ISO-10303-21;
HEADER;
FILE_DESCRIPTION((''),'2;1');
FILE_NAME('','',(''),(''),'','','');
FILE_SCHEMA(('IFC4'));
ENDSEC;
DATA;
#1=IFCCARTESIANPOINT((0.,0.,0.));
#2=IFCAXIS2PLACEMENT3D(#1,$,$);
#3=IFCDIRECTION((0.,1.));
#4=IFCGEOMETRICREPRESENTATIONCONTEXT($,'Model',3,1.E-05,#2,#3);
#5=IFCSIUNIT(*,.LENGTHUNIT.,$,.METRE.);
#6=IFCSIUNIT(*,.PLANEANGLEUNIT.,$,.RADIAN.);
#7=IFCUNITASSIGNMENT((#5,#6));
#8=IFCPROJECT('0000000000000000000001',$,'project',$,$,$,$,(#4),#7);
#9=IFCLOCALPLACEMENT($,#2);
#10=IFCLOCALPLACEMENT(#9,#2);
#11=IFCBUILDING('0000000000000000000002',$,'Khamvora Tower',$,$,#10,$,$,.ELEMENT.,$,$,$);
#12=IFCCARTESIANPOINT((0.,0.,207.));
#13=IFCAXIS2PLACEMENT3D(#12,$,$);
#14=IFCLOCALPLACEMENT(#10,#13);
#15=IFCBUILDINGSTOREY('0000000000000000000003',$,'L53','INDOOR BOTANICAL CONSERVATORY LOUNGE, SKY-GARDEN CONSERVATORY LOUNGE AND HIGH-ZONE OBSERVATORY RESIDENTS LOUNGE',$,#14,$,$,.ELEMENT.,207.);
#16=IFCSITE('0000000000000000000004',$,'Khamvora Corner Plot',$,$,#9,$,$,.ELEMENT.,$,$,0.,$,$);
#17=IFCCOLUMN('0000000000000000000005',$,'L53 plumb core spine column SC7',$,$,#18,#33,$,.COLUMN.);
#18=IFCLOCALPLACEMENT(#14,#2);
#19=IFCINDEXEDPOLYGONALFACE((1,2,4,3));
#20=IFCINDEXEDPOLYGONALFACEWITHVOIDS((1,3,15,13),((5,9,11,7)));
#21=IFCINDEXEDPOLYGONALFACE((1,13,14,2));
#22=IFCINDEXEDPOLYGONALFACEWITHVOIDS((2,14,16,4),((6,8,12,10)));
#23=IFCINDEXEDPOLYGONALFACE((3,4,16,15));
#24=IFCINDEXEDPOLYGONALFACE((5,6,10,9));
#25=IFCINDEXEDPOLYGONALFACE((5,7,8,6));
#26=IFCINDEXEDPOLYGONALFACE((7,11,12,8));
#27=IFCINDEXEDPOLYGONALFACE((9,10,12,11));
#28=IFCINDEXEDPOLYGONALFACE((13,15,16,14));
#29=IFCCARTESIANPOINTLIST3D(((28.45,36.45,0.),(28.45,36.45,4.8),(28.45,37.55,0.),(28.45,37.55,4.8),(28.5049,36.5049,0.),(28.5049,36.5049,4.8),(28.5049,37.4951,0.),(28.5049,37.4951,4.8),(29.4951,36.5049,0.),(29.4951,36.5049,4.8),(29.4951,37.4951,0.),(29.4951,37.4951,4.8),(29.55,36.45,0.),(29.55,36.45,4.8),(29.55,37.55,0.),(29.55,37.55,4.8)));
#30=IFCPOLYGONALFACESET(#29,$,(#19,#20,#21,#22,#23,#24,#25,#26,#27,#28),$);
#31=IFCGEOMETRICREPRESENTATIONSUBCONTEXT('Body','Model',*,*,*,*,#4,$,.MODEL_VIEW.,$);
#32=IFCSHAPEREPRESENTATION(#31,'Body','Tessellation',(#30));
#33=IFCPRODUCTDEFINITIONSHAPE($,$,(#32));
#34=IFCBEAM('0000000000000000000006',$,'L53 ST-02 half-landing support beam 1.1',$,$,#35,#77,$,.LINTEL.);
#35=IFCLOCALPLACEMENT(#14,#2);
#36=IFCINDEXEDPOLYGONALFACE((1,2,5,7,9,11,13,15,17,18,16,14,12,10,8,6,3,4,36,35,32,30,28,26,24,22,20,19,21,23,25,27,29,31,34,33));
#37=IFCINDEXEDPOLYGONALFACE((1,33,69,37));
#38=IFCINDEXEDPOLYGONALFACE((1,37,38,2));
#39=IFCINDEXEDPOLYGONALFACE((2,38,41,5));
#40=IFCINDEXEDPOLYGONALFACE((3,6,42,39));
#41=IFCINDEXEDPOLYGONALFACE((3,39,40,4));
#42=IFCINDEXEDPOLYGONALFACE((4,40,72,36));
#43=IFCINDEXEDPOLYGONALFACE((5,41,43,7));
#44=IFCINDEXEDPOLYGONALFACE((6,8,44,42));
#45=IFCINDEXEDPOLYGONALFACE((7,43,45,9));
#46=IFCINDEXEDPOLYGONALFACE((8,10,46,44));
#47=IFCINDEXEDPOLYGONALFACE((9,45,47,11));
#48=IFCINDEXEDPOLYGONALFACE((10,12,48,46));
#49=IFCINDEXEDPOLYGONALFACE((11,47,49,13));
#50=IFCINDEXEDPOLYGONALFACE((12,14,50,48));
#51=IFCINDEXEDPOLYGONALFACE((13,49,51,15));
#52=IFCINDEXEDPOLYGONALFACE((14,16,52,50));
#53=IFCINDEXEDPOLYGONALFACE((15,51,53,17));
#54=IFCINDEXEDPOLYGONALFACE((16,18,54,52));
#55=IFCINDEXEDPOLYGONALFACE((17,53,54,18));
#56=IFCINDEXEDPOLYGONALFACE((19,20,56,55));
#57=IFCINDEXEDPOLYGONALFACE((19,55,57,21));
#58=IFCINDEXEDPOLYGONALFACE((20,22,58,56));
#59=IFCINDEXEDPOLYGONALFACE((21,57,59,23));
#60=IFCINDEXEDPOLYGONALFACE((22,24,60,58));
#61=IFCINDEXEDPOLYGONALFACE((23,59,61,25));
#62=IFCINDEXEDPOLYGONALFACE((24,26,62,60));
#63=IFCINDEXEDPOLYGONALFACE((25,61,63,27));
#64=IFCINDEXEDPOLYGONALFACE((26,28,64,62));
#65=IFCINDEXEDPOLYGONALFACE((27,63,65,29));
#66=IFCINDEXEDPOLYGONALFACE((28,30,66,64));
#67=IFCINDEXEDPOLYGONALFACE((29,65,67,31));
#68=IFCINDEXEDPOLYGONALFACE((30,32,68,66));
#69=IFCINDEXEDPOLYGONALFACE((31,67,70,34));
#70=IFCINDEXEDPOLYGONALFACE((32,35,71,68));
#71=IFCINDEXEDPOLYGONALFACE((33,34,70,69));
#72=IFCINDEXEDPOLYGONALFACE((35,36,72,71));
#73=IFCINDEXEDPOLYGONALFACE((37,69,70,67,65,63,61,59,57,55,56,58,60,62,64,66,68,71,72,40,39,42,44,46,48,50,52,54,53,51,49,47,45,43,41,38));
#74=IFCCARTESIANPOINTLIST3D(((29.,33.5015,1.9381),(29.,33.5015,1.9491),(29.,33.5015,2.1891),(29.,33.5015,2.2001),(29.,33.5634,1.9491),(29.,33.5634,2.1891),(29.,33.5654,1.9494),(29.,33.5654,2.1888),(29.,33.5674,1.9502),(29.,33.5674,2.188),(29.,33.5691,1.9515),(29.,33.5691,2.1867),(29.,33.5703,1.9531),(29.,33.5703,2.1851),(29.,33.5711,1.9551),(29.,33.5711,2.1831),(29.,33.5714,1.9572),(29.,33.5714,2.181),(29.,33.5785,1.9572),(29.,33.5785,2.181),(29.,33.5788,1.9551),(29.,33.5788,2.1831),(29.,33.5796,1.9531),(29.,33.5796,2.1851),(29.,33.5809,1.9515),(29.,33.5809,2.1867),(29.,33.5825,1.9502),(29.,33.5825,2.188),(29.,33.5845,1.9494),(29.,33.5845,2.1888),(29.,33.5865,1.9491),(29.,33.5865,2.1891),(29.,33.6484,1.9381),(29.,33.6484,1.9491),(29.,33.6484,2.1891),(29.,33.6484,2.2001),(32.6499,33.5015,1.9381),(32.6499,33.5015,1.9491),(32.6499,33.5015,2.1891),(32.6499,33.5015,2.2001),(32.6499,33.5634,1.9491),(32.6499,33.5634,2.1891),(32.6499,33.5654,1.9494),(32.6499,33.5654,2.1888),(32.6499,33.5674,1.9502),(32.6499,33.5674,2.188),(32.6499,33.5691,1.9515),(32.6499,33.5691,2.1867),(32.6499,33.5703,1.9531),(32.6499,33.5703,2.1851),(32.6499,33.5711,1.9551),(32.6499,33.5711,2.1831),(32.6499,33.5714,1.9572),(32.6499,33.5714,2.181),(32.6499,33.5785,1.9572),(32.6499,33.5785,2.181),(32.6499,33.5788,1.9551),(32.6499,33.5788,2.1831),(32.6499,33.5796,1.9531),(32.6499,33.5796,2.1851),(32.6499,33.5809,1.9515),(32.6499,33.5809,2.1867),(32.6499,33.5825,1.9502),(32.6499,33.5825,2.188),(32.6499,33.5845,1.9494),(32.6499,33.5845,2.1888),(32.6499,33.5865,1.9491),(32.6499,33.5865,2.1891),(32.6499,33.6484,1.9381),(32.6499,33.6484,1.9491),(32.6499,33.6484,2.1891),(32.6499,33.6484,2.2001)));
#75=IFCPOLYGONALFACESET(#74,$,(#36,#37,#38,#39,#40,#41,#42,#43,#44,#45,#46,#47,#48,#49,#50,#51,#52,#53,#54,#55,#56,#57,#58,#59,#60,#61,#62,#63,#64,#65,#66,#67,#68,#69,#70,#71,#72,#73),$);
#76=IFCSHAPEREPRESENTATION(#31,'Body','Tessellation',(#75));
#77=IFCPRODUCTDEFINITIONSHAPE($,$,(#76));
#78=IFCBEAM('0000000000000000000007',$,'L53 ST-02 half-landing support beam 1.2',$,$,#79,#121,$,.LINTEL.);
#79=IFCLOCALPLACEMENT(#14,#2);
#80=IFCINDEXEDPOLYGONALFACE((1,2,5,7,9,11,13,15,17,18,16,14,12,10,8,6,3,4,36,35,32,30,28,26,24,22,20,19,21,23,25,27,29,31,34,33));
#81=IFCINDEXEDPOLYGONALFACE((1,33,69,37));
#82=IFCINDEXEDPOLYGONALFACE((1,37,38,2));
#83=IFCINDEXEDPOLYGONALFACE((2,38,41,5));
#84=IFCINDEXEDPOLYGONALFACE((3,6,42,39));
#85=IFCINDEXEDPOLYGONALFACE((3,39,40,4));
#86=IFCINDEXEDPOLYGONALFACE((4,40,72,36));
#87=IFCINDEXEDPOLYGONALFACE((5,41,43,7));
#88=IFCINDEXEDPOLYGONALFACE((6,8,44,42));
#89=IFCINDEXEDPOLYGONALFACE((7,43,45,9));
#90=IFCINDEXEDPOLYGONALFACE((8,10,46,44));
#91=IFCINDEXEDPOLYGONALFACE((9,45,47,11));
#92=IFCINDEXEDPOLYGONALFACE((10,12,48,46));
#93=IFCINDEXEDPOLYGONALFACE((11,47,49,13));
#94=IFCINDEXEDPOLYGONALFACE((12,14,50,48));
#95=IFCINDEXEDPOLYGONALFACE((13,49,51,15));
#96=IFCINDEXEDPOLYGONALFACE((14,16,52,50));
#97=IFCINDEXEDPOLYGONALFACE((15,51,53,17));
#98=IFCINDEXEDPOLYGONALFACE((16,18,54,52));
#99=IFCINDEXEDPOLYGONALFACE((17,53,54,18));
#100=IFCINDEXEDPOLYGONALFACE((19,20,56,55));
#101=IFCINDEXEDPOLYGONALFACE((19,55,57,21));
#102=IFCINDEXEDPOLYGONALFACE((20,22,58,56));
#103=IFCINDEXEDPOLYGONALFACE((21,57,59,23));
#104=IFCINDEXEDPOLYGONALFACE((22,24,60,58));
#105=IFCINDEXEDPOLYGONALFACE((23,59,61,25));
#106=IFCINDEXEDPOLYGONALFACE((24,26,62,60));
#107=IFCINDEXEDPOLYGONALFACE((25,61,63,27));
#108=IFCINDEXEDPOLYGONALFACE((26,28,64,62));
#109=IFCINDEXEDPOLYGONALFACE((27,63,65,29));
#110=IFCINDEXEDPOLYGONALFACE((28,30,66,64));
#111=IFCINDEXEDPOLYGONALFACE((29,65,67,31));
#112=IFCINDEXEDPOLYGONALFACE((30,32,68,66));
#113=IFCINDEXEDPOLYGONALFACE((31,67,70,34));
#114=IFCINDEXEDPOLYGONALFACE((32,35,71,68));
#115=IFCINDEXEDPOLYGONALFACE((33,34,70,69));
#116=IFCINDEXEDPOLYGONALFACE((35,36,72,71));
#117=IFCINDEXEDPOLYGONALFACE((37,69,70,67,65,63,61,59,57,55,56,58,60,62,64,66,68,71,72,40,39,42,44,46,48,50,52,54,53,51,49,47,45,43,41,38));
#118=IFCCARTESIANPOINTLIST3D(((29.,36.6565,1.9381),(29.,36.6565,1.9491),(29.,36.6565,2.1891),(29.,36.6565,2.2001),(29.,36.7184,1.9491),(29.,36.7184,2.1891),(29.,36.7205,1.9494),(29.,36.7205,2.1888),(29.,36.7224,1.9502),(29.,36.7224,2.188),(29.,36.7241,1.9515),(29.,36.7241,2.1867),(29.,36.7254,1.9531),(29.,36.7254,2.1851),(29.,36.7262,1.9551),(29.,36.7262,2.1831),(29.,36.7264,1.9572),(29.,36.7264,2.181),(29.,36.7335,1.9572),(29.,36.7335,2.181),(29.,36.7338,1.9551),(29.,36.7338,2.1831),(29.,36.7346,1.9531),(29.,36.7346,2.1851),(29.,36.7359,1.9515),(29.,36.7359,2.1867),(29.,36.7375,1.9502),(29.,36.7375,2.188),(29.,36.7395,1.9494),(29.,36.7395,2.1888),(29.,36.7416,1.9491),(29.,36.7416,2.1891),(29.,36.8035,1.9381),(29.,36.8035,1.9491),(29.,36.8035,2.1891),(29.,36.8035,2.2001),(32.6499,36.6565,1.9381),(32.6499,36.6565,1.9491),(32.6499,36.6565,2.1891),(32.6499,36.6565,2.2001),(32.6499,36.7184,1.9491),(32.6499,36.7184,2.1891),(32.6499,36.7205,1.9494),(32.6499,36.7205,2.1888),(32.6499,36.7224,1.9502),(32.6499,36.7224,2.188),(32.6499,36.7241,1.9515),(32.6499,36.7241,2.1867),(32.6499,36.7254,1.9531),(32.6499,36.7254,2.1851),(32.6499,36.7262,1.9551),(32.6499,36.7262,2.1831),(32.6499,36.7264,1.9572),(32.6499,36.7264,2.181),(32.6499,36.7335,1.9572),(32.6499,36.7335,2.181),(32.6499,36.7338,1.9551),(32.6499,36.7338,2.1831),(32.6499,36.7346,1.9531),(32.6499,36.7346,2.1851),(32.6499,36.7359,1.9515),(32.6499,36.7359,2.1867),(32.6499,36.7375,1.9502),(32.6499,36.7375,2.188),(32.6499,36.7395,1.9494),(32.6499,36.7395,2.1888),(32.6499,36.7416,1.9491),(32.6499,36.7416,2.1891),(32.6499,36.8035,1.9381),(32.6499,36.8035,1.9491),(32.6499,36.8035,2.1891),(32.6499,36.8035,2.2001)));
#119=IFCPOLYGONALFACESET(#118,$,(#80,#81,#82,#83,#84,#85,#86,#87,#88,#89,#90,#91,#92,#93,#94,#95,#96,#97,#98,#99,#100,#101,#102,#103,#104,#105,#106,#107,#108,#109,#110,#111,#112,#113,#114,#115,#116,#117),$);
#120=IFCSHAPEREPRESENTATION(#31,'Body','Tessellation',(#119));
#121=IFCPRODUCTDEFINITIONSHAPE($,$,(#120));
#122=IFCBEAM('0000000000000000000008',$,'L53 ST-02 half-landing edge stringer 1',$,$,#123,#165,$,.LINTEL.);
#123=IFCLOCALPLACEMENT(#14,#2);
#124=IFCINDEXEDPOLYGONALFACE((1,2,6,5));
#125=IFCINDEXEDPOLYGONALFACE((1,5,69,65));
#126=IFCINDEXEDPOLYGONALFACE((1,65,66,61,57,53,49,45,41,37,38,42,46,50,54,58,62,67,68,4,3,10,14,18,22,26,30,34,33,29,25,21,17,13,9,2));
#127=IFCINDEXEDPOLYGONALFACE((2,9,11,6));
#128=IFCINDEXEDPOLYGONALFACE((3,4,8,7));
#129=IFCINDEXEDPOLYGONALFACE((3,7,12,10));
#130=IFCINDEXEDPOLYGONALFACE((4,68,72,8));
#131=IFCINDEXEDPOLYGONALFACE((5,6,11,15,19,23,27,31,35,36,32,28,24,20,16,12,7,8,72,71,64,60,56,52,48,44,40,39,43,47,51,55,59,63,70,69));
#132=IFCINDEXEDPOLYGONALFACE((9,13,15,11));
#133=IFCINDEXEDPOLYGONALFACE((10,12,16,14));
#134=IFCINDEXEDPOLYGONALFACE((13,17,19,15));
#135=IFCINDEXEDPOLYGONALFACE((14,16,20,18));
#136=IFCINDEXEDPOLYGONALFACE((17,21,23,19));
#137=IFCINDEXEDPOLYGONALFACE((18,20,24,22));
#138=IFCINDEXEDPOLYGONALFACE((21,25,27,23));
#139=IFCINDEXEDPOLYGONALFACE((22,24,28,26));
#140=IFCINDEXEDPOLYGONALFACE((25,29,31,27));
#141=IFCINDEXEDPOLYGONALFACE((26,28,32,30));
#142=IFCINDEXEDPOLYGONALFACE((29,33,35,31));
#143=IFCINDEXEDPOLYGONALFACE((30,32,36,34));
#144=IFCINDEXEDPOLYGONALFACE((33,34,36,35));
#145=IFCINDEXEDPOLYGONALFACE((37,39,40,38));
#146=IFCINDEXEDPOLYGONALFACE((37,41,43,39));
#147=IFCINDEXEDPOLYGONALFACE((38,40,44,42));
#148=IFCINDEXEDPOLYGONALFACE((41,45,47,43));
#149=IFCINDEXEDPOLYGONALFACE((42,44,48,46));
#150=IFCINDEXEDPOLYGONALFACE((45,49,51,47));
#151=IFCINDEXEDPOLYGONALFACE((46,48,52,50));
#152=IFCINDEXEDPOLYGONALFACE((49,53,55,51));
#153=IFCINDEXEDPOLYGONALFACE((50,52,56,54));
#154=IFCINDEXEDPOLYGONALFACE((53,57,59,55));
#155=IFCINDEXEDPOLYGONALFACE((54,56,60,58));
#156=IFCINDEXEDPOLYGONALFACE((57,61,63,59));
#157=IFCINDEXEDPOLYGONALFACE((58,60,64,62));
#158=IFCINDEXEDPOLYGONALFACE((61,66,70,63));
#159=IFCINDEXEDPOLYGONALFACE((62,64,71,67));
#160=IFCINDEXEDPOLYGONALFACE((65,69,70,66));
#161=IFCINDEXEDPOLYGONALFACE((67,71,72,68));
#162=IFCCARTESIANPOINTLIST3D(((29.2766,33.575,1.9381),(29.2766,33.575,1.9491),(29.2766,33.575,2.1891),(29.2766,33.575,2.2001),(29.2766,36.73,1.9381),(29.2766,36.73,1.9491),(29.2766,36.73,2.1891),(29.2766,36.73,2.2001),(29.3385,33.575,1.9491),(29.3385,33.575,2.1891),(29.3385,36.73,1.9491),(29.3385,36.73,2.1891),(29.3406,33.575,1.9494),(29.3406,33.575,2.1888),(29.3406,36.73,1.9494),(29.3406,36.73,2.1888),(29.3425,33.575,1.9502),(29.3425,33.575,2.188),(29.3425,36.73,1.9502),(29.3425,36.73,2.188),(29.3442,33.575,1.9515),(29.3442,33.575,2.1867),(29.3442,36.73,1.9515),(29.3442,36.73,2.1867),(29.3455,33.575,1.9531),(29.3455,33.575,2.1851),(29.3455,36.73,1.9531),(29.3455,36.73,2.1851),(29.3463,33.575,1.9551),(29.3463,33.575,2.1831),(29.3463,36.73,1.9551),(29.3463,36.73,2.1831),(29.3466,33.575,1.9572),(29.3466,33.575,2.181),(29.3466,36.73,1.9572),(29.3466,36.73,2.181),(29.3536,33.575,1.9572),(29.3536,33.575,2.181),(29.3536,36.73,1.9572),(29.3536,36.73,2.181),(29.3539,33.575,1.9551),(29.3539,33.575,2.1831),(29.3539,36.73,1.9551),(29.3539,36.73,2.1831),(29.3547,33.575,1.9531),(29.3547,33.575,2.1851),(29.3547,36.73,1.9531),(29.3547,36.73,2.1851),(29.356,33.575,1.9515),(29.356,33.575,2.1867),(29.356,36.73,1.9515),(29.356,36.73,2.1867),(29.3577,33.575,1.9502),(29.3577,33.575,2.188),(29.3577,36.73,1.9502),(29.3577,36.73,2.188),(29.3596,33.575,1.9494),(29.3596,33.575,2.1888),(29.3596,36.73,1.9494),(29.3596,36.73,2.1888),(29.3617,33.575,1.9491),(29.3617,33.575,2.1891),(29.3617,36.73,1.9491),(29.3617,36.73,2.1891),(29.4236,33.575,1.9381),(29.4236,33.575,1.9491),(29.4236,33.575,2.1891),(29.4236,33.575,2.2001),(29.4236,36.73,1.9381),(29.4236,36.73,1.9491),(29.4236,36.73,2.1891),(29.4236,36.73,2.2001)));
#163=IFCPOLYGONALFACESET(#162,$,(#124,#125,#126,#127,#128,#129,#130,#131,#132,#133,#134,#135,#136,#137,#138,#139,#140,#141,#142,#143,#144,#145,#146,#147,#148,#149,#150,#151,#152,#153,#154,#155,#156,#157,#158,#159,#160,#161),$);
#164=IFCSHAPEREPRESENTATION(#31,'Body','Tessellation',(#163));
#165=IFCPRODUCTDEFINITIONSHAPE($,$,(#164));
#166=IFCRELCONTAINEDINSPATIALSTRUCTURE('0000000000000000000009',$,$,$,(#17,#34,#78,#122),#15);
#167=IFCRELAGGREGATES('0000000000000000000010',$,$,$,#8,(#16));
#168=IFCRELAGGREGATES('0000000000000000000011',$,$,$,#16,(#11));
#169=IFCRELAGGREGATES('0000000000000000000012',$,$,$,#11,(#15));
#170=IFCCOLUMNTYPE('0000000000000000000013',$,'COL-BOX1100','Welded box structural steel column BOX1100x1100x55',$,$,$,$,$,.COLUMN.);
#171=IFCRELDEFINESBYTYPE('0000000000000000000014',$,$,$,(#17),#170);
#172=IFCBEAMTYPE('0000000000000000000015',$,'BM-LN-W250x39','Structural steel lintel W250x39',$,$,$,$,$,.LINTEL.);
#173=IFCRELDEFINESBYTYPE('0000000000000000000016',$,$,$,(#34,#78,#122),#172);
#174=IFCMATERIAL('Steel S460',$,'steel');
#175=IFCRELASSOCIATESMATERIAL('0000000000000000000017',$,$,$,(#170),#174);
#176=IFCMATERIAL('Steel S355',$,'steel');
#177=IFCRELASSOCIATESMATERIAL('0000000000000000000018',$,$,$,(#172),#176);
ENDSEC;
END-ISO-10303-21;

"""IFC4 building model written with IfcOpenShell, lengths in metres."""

from ifc_helpers import new_model, si_unit, direction, frame, origin, origin_2d, place, context, subcontext, project, spatial, hollow_rectangle, i_section, extrude, material, material_profile, profile_set, type_object, element, save


model = new_model("IFC4")

# Units and contexts
model_context = context("Model", 3, precision=1e-05, world=origin(), true_north=direction((0.0, 1.0)))
body_context = subcontext(model_context, "Body", "Model", "MODEL_VIEW")
ifc_project = project(units=[si_unit("LENGTHUNIT", "METRE"), si_unit("PLANEANGLEUNIT", "RADIAN")], contexts=[model_context])

# Site, building, storey
site_placement = place(None, origin())
site = spatial("IfcSite", under=ifc_project, at=site_placement, Name="Khamvora Corner Plot", CompositionType="ELEMENT", RefElevation=0.0)
building_placement = place(site_placement, origin())
building = spatial("IfcBuilding", under=site, at=building_placement, Name="Khamvora Tower", CompositionType="ELEMENT")
storey_placement = place(building_placement, frame((0.0, 0.0, 207.0)))
storey = spatial("IfcBuildingStorey", under=building, at=storey_placement, Name="L53", Description="INDOOR BOTANICAL CONSERVATORY LOUNGE, SKY-GARDEN CONSERVATORY LOUNGE AND HIGH-ZONE OBSERVATORY RESIDENTS LOUNGE", CompositionType="ELEMENT", Elevation=207.0)

# Column
ifc_material_1 = material(Name="Steel S460", Category="steel")
ifc_material_profile_1 = material_profile(ifc_material_1, hollow_rectangle(XDim=1.1001, YDim=1.1001, WallThickness=0.0549, at=origin_2d()), Name="BOX1100x1100x55")
ifc_profile_set_1 = profile_set([ifc_material_profile_1], Name="Steel S460")
column_type = type_object("IfcColumnType", Name="COL-BOX1100", Description="Welded box structural steel column BOX1100x1100x55", PredefinedType="COLUMN", material=ifc_profile_set_1)
column_placement = place(storey_placement, frame((29.0, 37.0, 0.0), z_axis=(0.0, 0.0, 1.0), x_axis=(1.0, 0.0, 0.0)))
element("IfcColumn", 1, at=column_placement, inside=storey, type_object=column_type, Name="L53 plumb core spine column SC7", PredefinedType="COLUMN", context=body_context, shape_type="SweptSolid", body=[
    extrude(hollow_rectangle(XDim=1.1001, YDim=1.1001, WallThickness=0.0549, at=origin_2d()), origin(), (0.0, 0.0, 1.0), 4.8),
])

# Beams
ifc_material_2 = material(Name="Steel S355", Category="steel")
ifc_material_profile_2 = material_profile(ifc_material_2, i_section(OverallWidth=0.147, OverallDepth=0.262, WebThickness=0.0071, FlangeThickness=0.011, FilletRadius=0.0081, at=origin_2d()), Name="W250x39")
ifc_profile_set_2 = profile_set([ifc_material_profile_2], Name="Steel S355")
beam_type_1 = type_object("IfcBeamType", Name="BM-LN-W250x39", Description="Structural steel lintel W250x39", PredefinedType="LINTEL", material=ifc_profile_set_2)
for number, where, z_axis, x_axis, name in (
    (2, (29.0, 33.575, 2.0691), (1.0, 0.0, 0.0), (0.0, 1.0, 0.0), "L53 ST-02 half-landing support beam 1.1"),
    (3, (29.0, 36.73, 2.0691), (1.0, 0.0, 0.0), (0.0, 1.0, 0.0), "L53 ST-02 half-landing support beam 1.2"),
):
    element("IfcBeam", number, at=place(storey_placement, frame(where, z_axis=z_axis, x_axis=x_axis)), inside=storey, type_object=beam_type_1, Name=name, PredefinedType="LINTEL", context=body_context, shape_type="SweptSolid", body=[
        extrude(i_section(OverallWidth=0.147, OverallDepth=0.262, WebThickness=0.0071, FlangeThickness=0.011, FilletRadius=0.0081, at=origin_2d()), origin(), (0.0, 0.0, 1.0), 3.6499),
    ])
beam_1_placement = place(storey_placement, frame((29.3501, 33.575, 2.0691), z_axis=(0.0, 1.0, 0.0), x_axis=(-1.0, 0.0, 0.0)))
element("IfcBeam", 4, at=beam_1_placement, inside=storey, type_object=beam_type_1, Name="L53 ST-02 half-landing edge stringer 1", PredefinedType="LINTEL", context=body_context, shape_type="SweptSolid", body=[
    extrude(i_section(OverallWidth=0.147, OverallDepth=0.262, WebThickness=0.0071, FlangeThickness=0.011, FilletRadius=0.0081, at=origin_2d()), origin(), (0.0, 0.0, 1.0), 3.155),
])

save(model, "model.ifc")
